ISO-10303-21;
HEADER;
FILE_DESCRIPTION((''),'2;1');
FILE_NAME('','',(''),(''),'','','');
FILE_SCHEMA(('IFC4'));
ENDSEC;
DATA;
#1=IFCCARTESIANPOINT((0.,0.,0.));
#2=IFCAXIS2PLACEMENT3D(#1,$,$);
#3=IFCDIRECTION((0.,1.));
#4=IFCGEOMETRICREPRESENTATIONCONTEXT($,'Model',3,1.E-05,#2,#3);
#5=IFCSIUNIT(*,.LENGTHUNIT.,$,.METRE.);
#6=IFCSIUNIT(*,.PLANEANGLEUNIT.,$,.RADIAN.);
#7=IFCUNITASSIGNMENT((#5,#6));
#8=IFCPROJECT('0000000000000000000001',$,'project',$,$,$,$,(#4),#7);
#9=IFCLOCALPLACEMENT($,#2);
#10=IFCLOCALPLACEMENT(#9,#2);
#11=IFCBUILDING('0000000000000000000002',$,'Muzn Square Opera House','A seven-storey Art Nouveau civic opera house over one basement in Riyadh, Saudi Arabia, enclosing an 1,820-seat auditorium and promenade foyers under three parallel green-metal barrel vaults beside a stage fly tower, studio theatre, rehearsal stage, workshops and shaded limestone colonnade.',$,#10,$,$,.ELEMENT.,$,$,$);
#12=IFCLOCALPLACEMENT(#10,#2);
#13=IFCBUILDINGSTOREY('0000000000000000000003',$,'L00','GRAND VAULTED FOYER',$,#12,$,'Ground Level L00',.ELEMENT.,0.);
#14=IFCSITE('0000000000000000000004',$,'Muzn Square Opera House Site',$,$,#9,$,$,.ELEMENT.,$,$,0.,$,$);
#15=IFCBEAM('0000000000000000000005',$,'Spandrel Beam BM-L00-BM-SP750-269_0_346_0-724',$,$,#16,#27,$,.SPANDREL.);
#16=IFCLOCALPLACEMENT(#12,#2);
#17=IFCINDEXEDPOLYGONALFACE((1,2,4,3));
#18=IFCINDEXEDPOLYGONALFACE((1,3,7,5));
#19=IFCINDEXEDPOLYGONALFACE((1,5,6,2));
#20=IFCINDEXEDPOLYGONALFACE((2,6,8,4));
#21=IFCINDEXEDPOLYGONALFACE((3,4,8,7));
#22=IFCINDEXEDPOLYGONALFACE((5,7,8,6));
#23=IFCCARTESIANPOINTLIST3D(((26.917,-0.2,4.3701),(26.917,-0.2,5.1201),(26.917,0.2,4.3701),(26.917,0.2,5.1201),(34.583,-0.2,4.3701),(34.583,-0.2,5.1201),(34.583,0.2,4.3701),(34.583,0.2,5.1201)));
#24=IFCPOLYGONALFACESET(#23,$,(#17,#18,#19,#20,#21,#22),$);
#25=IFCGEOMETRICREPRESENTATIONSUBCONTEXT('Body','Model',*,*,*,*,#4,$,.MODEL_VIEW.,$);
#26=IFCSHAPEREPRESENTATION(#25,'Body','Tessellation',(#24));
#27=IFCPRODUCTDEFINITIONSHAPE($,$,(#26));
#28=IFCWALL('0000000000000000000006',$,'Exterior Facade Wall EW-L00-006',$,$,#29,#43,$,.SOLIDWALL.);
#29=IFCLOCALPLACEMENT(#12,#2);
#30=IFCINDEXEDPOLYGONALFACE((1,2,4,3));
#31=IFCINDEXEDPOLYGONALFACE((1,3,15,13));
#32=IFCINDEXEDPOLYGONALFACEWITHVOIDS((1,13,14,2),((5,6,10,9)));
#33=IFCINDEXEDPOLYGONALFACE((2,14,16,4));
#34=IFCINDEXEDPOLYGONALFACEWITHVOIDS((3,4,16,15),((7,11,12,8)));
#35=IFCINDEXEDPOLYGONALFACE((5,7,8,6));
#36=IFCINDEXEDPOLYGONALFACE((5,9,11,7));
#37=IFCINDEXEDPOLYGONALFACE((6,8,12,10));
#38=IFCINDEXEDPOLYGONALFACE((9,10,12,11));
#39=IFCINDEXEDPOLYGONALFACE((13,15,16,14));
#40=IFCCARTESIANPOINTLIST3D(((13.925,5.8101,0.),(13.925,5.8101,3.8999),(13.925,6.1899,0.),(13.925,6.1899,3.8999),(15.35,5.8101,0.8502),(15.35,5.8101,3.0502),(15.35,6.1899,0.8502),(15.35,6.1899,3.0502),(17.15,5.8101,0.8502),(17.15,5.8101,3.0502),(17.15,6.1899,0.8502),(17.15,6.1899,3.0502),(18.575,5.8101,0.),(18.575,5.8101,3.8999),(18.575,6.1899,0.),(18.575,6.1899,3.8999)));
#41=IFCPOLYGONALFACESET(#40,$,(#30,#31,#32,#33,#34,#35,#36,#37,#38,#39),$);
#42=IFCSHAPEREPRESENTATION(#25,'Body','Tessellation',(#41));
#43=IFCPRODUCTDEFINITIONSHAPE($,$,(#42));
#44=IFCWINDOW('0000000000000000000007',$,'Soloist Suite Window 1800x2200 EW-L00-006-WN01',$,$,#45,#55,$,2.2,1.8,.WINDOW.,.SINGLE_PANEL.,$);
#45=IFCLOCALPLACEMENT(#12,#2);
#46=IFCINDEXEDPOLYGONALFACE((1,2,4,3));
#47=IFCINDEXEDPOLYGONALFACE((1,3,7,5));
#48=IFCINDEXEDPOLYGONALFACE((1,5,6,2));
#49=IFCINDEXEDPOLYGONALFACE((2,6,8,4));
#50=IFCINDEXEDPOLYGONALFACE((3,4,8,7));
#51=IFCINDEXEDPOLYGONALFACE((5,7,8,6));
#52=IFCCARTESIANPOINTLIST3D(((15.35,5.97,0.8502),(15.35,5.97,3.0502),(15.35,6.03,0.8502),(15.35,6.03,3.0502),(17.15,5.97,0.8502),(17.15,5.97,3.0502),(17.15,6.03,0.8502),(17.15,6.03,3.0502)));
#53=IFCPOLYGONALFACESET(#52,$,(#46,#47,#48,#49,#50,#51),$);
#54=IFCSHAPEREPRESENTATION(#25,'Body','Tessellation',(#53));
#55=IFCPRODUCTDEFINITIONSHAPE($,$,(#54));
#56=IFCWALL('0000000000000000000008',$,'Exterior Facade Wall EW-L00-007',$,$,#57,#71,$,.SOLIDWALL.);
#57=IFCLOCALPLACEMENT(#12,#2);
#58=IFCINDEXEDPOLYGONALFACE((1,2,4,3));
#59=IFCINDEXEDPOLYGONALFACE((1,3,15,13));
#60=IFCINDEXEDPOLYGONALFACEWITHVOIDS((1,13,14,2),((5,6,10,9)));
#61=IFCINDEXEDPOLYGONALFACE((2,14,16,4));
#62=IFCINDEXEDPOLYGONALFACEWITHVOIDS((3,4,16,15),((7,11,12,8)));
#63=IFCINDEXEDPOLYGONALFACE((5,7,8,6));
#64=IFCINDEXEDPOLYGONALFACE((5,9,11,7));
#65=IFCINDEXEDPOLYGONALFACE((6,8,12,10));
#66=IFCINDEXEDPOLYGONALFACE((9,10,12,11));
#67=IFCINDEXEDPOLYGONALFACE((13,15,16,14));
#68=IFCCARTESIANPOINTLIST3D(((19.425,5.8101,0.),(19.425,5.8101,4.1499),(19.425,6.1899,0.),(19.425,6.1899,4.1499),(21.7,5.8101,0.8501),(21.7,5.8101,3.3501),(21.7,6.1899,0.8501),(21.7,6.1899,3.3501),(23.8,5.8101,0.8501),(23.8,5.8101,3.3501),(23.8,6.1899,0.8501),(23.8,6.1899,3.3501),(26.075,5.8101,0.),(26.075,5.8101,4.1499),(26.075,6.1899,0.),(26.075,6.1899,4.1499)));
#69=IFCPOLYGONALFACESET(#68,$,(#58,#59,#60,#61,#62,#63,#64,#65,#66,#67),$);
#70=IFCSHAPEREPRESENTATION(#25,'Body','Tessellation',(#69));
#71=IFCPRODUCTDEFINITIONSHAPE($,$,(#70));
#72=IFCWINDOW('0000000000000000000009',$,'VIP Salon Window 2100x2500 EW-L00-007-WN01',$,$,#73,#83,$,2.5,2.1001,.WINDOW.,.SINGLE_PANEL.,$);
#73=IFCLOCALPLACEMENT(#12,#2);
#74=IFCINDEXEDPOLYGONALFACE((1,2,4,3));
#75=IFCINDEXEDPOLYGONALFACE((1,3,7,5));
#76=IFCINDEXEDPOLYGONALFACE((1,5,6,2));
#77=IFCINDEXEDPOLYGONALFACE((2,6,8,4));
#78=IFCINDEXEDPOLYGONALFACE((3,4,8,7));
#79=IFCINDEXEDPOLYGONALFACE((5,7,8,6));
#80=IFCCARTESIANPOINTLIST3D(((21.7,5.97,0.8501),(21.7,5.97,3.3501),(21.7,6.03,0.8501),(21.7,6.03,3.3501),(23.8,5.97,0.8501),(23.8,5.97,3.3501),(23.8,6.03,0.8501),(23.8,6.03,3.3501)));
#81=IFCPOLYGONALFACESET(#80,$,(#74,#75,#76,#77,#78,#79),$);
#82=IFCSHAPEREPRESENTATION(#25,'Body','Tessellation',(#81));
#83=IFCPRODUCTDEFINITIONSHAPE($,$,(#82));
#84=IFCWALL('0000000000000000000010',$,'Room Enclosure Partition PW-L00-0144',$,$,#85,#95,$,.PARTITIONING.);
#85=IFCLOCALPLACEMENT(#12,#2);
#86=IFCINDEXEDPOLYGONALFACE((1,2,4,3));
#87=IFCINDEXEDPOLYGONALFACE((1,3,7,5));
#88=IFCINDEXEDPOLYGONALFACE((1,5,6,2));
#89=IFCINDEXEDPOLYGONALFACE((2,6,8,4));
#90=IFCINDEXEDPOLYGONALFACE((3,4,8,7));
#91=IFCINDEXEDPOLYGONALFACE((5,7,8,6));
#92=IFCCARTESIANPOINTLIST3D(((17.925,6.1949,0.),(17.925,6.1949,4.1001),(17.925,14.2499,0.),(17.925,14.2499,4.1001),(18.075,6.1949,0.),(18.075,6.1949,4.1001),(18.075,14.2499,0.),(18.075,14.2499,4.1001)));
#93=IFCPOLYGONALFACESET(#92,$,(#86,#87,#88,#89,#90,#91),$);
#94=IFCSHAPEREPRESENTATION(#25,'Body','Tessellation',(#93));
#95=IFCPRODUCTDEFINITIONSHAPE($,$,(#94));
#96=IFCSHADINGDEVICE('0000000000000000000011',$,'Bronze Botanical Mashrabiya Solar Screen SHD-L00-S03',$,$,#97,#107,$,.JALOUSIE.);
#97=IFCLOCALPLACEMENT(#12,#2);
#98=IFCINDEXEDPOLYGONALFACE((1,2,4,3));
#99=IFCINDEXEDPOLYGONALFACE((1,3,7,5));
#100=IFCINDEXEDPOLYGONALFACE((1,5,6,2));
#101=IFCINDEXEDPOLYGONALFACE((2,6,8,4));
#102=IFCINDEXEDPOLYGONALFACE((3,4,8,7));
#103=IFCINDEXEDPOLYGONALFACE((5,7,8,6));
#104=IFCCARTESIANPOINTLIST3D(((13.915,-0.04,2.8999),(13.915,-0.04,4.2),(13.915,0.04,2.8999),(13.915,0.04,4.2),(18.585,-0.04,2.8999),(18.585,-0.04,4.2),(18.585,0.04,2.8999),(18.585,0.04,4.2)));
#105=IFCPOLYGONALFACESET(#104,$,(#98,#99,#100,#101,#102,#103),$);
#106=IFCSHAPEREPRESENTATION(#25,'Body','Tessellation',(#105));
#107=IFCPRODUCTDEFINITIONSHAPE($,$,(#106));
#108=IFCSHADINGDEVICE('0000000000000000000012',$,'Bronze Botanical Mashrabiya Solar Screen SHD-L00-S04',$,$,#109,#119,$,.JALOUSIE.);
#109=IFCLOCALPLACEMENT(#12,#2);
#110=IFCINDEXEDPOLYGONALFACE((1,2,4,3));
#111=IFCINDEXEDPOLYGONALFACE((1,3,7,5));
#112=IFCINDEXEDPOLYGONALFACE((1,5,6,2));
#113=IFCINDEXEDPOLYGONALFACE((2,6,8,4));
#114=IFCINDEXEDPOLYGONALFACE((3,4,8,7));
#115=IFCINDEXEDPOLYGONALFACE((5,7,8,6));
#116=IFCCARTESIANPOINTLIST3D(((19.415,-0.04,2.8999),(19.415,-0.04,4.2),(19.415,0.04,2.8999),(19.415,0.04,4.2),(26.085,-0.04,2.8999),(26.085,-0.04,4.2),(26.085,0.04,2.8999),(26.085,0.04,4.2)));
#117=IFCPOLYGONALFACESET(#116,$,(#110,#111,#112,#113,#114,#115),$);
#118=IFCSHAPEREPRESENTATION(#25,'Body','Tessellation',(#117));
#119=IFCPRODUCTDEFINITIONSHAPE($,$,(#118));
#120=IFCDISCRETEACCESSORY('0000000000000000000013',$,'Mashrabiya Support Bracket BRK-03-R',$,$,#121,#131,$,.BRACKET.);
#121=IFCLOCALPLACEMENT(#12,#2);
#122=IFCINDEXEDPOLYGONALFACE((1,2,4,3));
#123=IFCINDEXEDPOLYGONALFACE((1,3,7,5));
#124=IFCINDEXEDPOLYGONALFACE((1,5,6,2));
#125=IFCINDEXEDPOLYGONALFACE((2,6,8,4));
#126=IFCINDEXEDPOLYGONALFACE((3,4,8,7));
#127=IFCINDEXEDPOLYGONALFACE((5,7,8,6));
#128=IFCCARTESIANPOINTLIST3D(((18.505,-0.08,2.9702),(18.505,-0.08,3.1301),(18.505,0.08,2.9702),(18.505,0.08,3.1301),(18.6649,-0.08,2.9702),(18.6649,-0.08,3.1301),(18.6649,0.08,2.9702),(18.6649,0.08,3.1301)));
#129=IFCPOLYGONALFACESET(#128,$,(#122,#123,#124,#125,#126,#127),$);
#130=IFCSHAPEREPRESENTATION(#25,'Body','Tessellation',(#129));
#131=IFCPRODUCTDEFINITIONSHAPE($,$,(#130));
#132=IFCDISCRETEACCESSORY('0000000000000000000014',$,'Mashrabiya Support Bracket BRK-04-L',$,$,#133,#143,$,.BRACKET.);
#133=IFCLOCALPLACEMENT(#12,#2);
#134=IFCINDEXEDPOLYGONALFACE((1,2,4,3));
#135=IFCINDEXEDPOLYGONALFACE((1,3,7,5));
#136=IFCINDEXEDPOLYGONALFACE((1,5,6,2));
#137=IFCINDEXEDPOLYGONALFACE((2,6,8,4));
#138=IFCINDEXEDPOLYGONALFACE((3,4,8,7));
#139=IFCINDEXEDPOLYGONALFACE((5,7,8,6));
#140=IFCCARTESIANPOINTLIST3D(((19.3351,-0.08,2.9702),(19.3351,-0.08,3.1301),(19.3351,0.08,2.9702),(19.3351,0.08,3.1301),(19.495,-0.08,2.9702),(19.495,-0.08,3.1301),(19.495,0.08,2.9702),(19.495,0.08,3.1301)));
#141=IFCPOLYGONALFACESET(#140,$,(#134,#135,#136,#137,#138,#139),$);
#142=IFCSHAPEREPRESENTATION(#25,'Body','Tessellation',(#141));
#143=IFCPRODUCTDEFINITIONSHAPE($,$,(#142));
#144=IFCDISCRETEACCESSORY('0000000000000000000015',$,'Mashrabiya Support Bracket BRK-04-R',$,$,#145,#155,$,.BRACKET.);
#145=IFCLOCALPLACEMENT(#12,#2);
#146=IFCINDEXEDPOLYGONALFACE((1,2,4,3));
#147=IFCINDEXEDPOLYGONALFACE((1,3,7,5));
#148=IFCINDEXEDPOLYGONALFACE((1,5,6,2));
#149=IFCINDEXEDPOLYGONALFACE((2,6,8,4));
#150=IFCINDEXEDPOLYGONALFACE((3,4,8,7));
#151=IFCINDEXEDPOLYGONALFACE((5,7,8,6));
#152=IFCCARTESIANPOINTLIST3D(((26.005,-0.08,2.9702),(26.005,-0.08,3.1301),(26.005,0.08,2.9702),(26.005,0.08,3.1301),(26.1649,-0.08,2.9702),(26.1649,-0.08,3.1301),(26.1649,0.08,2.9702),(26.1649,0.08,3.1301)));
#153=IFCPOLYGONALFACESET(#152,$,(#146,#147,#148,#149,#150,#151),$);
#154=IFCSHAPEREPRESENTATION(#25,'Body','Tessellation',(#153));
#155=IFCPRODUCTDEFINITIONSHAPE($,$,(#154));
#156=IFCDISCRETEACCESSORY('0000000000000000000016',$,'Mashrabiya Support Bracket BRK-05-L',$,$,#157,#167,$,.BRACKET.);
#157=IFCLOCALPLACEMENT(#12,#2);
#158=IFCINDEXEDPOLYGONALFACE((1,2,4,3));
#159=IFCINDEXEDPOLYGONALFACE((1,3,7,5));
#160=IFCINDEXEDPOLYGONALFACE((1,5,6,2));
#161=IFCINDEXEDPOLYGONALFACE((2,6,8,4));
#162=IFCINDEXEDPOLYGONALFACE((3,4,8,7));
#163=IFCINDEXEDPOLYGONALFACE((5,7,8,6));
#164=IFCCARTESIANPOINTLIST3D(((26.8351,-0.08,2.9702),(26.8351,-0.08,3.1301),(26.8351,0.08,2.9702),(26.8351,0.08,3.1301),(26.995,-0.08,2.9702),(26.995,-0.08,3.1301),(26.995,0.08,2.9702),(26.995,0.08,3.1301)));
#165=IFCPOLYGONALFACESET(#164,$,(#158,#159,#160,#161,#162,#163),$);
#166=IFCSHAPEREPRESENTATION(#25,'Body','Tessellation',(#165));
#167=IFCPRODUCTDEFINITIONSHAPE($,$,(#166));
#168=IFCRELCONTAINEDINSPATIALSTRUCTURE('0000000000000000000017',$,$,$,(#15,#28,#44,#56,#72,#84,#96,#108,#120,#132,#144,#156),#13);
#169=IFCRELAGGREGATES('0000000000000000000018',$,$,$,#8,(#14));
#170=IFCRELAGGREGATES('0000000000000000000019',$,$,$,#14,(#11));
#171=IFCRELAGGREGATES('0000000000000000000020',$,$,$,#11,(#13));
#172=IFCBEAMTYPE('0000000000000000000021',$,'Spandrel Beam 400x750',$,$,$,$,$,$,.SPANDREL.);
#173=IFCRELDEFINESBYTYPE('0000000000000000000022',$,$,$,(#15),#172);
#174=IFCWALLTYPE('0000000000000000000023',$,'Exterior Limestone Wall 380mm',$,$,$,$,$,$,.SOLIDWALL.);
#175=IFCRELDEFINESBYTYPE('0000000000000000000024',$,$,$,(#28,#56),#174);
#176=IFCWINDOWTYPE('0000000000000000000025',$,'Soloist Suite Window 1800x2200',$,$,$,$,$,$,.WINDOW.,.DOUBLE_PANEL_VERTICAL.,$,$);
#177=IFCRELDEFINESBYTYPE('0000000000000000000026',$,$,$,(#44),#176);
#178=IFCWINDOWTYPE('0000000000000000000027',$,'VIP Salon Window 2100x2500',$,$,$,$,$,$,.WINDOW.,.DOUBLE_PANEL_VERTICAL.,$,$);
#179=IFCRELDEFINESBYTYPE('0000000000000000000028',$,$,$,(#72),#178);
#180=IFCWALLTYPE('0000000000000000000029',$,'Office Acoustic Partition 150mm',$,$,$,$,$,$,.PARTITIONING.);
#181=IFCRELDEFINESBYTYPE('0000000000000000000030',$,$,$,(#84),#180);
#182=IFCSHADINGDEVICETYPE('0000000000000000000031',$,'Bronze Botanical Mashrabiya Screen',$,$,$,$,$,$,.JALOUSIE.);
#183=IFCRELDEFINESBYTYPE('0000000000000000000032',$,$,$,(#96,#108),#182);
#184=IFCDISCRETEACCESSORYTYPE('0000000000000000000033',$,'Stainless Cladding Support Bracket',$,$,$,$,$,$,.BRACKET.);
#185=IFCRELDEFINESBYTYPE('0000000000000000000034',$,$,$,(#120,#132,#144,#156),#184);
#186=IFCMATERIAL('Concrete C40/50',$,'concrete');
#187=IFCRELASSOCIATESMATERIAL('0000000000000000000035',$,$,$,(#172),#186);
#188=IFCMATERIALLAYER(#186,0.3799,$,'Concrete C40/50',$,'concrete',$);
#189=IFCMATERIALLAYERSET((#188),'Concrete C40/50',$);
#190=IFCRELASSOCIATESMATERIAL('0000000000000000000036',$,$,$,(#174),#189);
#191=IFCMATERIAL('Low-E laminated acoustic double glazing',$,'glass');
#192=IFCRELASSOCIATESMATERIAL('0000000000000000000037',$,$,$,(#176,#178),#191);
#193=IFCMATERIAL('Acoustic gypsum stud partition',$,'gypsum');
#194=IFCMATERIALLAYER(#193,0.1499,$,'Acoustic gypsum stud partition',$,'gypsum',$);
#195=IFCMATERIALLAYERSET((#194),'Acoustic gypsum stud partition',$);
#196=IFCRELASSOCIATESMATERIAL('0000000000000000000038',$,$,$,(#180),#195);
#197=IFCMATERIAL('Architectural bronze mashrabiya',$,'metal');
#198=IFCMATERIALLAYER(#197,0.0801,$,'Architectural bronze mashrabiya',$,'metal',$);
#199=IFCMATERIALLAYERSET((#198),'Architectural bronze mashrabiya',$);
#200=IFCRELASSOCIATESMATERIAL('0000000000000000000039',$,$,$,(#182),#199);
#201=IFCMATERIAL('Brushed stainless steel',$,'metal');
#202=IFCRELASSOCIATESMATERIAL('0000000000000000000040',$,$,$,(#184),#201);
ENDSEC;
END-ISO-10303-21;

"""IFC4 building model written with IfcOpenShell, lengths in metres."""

from ifc_helpers import new_model, si_unit, direction, frame, frame_2d, origin, origin_2d, place, context, subcontext, project, spatial, rectangle, extrude, material, layer, layer_set, material_profile, profile_set, type_object, element, fill, save


model = new_model("IFC4")

# Units and contexts
model_context = context("Model", 3, precision=1e-05, world=origin(), true_north=direction((0.0, 1.0)))
body_context = subcontext(model_context, "Body", "Model", "MODEL_VIEW")
ifc_project = project(units=[si_unit("LENGTHUNIT", "METRE"), si_unit("PLANEANGLEUNIT", "RADIAN")], contexts=[model_context])

# Site, building, storey
site_placement = place(None, origin())
site = spatial("IfcSite", under=ifc_project, at=site_placement, Name="Muzn Square Opera House Site", CompositionType="ELEMENT", RefElevation=0.0)
building_placement = place(site_placement, origin())
building = spatial("IfcBuilding", under=site, at=building_placement, Name="Muzn Square Opera House", Description="A seven-storey Art Nouveau civic opera house over one basement in Riyadh, Saudi Arabia, enclosing an 1,820-seat auditorium and promenade foyers under three parallel green-metal barrel vaults beside a stage fly tower, studio theatre, rehearsal stage, workshops and shaded limestone colonnade.", CompositionType="ELEMENT")
storey_placement = place(building_placement, origin())
storey = spatial("IfcBuildingStorey", under=building, at=storey_placement, Name="L00", Description="GRAND VAULTED FOYER", LongName="Ground Level L00", CompositionType="ELEMENT", Elevation=0.0)

# Beam
ifc_material_1 = material(Name="Concrete C40/50", Category="concrete")
ifc_material_profile_1 = material_profile(ifc_material_1, rectangle(XDim=0.3999, YDim=0.75, at=origin_2d()), Name="RCS 400x750", Category="concrete")
ifc_profile_set_1 = profile_set([ifc_material_profile_1], Name="Concrete C40/50")
beam_type_1 = type_object("IfcBeamType", Name="Spandrel Beam 400x750", PredefinedType="SPANDREL", material=ifc_profile_set_1)
beam_1_placement = place(storey_placement, frame((26.917, 0.0, 4.7451), z_axis=(1.0, 0.0, 0.0), x_axis=(0.0, 1.0, 0.0)))
element("IfcBeam", 1, at=beam_1_placement, inside=storey, type_object=beam_type_1, Name="Spandrel Beam BM-L00-BM-SP750-269_0_346_0-724", PredefinedType="SPANDREL", context=body_context, shape_type="SweptSolid", body=[
    extrude(rectangle(XDim=0.3999, YDim=0.75, at=origin_2d()), origin(), (0.0, 0.0, 1.0), 7.666),
])

# Walls, openings, windows
ifc_layer_1 = layer(ifc_material_1, 0.3799, Name="Concrete C40/50", Category="concrete")
ifc_layer_set_1 = layer_set([ifc_layer_1], Name="Concrete C40/50")
wall_type_1 = type_object("IfcWallType", Name="Exterior Limestone Wall 380mm", PredefinedType="SOLIDWALL", material=ifc_layer_set_1)
wall_1_placement = place(storey_placement, frame((13.925, 6.0, 0.0), z_axis=(0.0, 0.0, 1.0), x_axis=(1.0, 0.0, 0.0)))
wall_1 = element("IfcWall", 2, at=wall_1_placement, inside=storey, type_object=wall_type_1, Name="Exterior Facade Wall EW-L00-006", PredefinedType="SOLIDWALL", context=body_context, shape_type="SweptSolid", body=[
    extrude(rectangle(XDim=4.6499, YDim=0.3799, at=frame_2d((2.325, 0.0))), origin(), (0.0, 0.0, 1.0), 3.8999),
])
opening_1_placement = place(wall_1_placement, frame((1.425, 0.0, 0.8501)))
opening_1 = element("IfcOpeningElement", 3, at=opening_1_placement, cuts=wall_1, PredefinedType="OPENING", context=body_context, shape_type="SweptSolid", body=[
    extrude(rectangle(XDim=1.8, YDim=2.2, at=frame_2d((0.8999, 1.1001))), frame((0.0, 0.2, 0.0), z_axis=(0.0, -1.0, 0.0), x_axis=(1.0, 0.0, 0.0)), (0.0, 0.0, 1.0), 0.3999),
])
ifc_material_2 = material(Name="Low-E laminated acoustic double glazing", Category="glass")
window_type_1 = type_object("IfcWindowType", Name="Soloist Suite Window 1800x2200", PartitioningType="DOUBLE_PANEL_VERTICAL", PredefinedType="WINDOW", material=ifc_material_2)
window_1_placement = place(opening_1_placement, origin())
window_1 = element("IfcWindow", 4, at=window_1_placement, inside=storey, type_object=window_type_1, Name="Soloist Suite Window 1800x2200 EW-L00-006-WN01", OverallHeight=2.2, OverallWidth=1.8, PartitioningType="SINGLE_PANEL", PredefinedType="WINDOW", context=body_context, shape_type="SweptSolid", body=[
    extrude(rectangle(XDim=1.8, YDim=2.2, at=frame_2d((0.8999, 1.1001))), frame((0.0, 0.03, 0.0), z_axis=(0.0, -1.0, 0.0), x_axis=(1.0, 0.0, 0.0)), (0.0, 0.0, 1.0), 0.0601),
])
fill(opening_1, window_1)
wall_2_placement = place(storey_placement, frame((19.425, 6.0, 0.0), z_axis=(0.0, 0.0, 1.0), x_axis=(1.0, 0.0, 0.0)))
wall_2 = element("IfcWall", 5, at=wall_2_placement, inside=storey, type_object=wall_type_1, Name="Exterior Facade Wall EW-L00-007", PredefinedType="SOLIDWALL", context=body_context, shape_type="SweptSolid", body=[
    extrude(rectangle(XDim=6.6499, YDim=0.3799, at=frame_2d((3.325, 0.0))), origin(), (0.0, 0.0, 1.0), 4.1499),
])
opening_2_placement = place(wall_2_placement, frame((2.2749, 0.0, 0.8501)))
opening_2 = element("IfcOpeningElement", 6, at=opening_2_placement, cuts=wall_2, PredefinedType="OPENING", context=body_context, shape_type="SweptSolid", body=[
    extrude(rectangle(XDim=2.1001, YDim=2.5, at=frame_2d((1.05, 1.25))), frame((0.0, 0.2, 0.0), z_axis=(0.0, -1.0, 0.0), x_axis=(1.0, 0.0, 0.0)), (0.0, 0.0, 1.0), 0.3999),
])
window_type_2 = type_object("IfcWindowType", Name="VIP Salon Window 2100x2500", PartitioningType="DOUBLE_PANEL_VERTICAL", PredefinedType="WINDOW", material=ifc_material_2)
window_2_placement = place(opening_2_placement, origin())
window_2 = element("IfcWindow", 7, at=window_2_placement, inside=storey, type_object=window_type_2, Name="VIP Salon Window 2100x2500 EW-L00-007-WN01", OverallHeight=2.5, OverallWidth=2.1001, PartitioningType="SINGLE_PANEL", PredefinedType="WINDOW", context=body_context, shape_type="SweptSolid", body=[
    extrude(rectangle(XDim=2.1001, YDim=2.5, at=frame_2d((1.05, 1.25))), frame((0.0, 0.03, 0.0), z_axis=(0.0, -1.0, 0.0), x_axis=(1.0, 0.0, 0.0)), (0.0, 0.0, 1.0), 0.0601),
])
fill(opening_2, window_2)

# Wall
ifc_material_3 = material(Name="Acoustic gypsum stud partition", Category="gypsum")
ifc_layer_2 = layer(ifc_material_3, 0.1499, Name="Acoustic gypsum stud partition", Category="gypsum")
ifc_layer_set_2 = layer_set([ifc_layer_2], Name="Acoustic gypsum stud partition")
wall_type_2 = type_object("IfcWallType", Name="Office Acoustic Partition 150mm", PredefinedType="PARTITIONING", material=ifc_layer_set_2)
wall_3_placement = place(storey_placement, frame((18.0, 6.1951, 0.0), z_axis=(0.0, 0.0, 1.0), x_axis=(0.0, 1.0, 0.0)))
element("IfcWall", 8, at=wall_3_placement, inside=storey, type_object=wall_type_2, Name="Room Enclosure Partition PW-L00-0144", PredefinedType="PARTITIONING", context=body_context, shape_type="SweptSolid", body=[
    extrude(rectangle(XDim=8.0549, YDim=0.1499, at=frame_2d((4.0273, 0.0))), origin(), (0.0, 0.0, 1.0), 4.1001),
])

# Shading devices
ifc_material_4 = material(Name="Architectural bronze mashrabiya", Category="metal")
ifc_layer_3 = layer(ifc_material_4, 0.0801, Name="Architectural bronze mashrabiya", Category="metal")
ifc_layer_set_3 = layer_set([ifc_layer_3], Name="Architectural bronze mashrabiya")
shading_device_type = type_object("IfcShadingDeviceType", Name="Bronze Botanical Mashrabiya Screen", PredefinedType="JALOUSIE", material=ifc_layer_set_3)
shading_device_1_placement = place(storey_placement, frame((16.25, 0.0, 2.8999), z_axis=(0.0, 0.0, 1.0), x_axis=(1.0, 0.0, 0.0)))
element("IfcShadingDevice", 9, at=shading_device_1_placement, inside=storey, type_object=shading_device_type, Name="Bronze Botanical Mashrabiya Solar Screen SHD-L00-S03", PredefinedType="JALOUSIE", context=body_context, shape_type="SweptSolid", body=[
    extrude(rectangle(XDim=4.6699, YDim=0.0801, at=origin_2d()), origin(), (0.0, 0.0, 1.0), 1.3),
])
shading_device_2_placement = place(storey_placement, frame((22.75, 0.0, 2.8999), z_axis=(0.0, 0.0, 1.0), x_axis=(1.0, 0.0, 0.0)))
element("IfcShadingDevice", 10, at=shading_device_2_placement, inside=storey, type_object=shading_device_type, Name="Bronze Botanical Mashrabiya Solar Screen SHD-L00-S04", PredefinedType="JALOUSIE", context=body_context, shape_type="SweptSolid", body=[
    extrude(rectangle(XDim=6.6699, YDim=0.0801, at=origin_2d()), origin(), (0.0, 0.0, 1.0), 1.3),
])

# Discrete accessories
ifc_material_5 = material(Name="Brushed stainless steel", Category="metal")
discrete_accessory_type = type_object("IfcDiscreteAccessoryType", Name="Stainless Cladding Support Bracket", PredefinedType="BRACKET", material=ifc_material_5)
for number, where, z_axis, x_axis, name in (
    (11, (18.585, 0.0, 2.9702), (0.0, 0.0, 1.0), (1.0, 0.0, 0.0), "Mashrabiya Support Bracket BRK-03-R"),
    (12, (19.415, 0.0, 2.9702), (0.0, 0.0, 1.0), (1.0, 0.0, 0.0), "Mashrabiya Support Bracket BRK-04-L"),
    (13, (26.085, 0.0, 2.9702), (0.0, 0.0, 1.0), (1.0, 0.0, 0.0), "Mashrabiya Support Bracket BRK-04-R"),
    (14, (26.915, 0.0, 2.9702), (0.0, 0.0, 1.0), (1.0, 0.0, 0.0), "Mashrabiya Support Bracket BRK-05-L"),
):
    element("IfcDiscreteAccessory", number, at=place(storey_placement, frame(where, z_axis=z_axis, x_axis=x_axis)), inside=storey, type_object=discrete_accessory_type, Name=name, PredefinedType="BRACKET", context=body_context, shape_type="SweptSolid", body=[
        extrude(rectangle(XDim=0.1599, YDim=0.1599, at=origin_2d()), origin(), (0.0, 0.0, 1.0), 0.1599),
    ])

save(model, "model.ifc")
